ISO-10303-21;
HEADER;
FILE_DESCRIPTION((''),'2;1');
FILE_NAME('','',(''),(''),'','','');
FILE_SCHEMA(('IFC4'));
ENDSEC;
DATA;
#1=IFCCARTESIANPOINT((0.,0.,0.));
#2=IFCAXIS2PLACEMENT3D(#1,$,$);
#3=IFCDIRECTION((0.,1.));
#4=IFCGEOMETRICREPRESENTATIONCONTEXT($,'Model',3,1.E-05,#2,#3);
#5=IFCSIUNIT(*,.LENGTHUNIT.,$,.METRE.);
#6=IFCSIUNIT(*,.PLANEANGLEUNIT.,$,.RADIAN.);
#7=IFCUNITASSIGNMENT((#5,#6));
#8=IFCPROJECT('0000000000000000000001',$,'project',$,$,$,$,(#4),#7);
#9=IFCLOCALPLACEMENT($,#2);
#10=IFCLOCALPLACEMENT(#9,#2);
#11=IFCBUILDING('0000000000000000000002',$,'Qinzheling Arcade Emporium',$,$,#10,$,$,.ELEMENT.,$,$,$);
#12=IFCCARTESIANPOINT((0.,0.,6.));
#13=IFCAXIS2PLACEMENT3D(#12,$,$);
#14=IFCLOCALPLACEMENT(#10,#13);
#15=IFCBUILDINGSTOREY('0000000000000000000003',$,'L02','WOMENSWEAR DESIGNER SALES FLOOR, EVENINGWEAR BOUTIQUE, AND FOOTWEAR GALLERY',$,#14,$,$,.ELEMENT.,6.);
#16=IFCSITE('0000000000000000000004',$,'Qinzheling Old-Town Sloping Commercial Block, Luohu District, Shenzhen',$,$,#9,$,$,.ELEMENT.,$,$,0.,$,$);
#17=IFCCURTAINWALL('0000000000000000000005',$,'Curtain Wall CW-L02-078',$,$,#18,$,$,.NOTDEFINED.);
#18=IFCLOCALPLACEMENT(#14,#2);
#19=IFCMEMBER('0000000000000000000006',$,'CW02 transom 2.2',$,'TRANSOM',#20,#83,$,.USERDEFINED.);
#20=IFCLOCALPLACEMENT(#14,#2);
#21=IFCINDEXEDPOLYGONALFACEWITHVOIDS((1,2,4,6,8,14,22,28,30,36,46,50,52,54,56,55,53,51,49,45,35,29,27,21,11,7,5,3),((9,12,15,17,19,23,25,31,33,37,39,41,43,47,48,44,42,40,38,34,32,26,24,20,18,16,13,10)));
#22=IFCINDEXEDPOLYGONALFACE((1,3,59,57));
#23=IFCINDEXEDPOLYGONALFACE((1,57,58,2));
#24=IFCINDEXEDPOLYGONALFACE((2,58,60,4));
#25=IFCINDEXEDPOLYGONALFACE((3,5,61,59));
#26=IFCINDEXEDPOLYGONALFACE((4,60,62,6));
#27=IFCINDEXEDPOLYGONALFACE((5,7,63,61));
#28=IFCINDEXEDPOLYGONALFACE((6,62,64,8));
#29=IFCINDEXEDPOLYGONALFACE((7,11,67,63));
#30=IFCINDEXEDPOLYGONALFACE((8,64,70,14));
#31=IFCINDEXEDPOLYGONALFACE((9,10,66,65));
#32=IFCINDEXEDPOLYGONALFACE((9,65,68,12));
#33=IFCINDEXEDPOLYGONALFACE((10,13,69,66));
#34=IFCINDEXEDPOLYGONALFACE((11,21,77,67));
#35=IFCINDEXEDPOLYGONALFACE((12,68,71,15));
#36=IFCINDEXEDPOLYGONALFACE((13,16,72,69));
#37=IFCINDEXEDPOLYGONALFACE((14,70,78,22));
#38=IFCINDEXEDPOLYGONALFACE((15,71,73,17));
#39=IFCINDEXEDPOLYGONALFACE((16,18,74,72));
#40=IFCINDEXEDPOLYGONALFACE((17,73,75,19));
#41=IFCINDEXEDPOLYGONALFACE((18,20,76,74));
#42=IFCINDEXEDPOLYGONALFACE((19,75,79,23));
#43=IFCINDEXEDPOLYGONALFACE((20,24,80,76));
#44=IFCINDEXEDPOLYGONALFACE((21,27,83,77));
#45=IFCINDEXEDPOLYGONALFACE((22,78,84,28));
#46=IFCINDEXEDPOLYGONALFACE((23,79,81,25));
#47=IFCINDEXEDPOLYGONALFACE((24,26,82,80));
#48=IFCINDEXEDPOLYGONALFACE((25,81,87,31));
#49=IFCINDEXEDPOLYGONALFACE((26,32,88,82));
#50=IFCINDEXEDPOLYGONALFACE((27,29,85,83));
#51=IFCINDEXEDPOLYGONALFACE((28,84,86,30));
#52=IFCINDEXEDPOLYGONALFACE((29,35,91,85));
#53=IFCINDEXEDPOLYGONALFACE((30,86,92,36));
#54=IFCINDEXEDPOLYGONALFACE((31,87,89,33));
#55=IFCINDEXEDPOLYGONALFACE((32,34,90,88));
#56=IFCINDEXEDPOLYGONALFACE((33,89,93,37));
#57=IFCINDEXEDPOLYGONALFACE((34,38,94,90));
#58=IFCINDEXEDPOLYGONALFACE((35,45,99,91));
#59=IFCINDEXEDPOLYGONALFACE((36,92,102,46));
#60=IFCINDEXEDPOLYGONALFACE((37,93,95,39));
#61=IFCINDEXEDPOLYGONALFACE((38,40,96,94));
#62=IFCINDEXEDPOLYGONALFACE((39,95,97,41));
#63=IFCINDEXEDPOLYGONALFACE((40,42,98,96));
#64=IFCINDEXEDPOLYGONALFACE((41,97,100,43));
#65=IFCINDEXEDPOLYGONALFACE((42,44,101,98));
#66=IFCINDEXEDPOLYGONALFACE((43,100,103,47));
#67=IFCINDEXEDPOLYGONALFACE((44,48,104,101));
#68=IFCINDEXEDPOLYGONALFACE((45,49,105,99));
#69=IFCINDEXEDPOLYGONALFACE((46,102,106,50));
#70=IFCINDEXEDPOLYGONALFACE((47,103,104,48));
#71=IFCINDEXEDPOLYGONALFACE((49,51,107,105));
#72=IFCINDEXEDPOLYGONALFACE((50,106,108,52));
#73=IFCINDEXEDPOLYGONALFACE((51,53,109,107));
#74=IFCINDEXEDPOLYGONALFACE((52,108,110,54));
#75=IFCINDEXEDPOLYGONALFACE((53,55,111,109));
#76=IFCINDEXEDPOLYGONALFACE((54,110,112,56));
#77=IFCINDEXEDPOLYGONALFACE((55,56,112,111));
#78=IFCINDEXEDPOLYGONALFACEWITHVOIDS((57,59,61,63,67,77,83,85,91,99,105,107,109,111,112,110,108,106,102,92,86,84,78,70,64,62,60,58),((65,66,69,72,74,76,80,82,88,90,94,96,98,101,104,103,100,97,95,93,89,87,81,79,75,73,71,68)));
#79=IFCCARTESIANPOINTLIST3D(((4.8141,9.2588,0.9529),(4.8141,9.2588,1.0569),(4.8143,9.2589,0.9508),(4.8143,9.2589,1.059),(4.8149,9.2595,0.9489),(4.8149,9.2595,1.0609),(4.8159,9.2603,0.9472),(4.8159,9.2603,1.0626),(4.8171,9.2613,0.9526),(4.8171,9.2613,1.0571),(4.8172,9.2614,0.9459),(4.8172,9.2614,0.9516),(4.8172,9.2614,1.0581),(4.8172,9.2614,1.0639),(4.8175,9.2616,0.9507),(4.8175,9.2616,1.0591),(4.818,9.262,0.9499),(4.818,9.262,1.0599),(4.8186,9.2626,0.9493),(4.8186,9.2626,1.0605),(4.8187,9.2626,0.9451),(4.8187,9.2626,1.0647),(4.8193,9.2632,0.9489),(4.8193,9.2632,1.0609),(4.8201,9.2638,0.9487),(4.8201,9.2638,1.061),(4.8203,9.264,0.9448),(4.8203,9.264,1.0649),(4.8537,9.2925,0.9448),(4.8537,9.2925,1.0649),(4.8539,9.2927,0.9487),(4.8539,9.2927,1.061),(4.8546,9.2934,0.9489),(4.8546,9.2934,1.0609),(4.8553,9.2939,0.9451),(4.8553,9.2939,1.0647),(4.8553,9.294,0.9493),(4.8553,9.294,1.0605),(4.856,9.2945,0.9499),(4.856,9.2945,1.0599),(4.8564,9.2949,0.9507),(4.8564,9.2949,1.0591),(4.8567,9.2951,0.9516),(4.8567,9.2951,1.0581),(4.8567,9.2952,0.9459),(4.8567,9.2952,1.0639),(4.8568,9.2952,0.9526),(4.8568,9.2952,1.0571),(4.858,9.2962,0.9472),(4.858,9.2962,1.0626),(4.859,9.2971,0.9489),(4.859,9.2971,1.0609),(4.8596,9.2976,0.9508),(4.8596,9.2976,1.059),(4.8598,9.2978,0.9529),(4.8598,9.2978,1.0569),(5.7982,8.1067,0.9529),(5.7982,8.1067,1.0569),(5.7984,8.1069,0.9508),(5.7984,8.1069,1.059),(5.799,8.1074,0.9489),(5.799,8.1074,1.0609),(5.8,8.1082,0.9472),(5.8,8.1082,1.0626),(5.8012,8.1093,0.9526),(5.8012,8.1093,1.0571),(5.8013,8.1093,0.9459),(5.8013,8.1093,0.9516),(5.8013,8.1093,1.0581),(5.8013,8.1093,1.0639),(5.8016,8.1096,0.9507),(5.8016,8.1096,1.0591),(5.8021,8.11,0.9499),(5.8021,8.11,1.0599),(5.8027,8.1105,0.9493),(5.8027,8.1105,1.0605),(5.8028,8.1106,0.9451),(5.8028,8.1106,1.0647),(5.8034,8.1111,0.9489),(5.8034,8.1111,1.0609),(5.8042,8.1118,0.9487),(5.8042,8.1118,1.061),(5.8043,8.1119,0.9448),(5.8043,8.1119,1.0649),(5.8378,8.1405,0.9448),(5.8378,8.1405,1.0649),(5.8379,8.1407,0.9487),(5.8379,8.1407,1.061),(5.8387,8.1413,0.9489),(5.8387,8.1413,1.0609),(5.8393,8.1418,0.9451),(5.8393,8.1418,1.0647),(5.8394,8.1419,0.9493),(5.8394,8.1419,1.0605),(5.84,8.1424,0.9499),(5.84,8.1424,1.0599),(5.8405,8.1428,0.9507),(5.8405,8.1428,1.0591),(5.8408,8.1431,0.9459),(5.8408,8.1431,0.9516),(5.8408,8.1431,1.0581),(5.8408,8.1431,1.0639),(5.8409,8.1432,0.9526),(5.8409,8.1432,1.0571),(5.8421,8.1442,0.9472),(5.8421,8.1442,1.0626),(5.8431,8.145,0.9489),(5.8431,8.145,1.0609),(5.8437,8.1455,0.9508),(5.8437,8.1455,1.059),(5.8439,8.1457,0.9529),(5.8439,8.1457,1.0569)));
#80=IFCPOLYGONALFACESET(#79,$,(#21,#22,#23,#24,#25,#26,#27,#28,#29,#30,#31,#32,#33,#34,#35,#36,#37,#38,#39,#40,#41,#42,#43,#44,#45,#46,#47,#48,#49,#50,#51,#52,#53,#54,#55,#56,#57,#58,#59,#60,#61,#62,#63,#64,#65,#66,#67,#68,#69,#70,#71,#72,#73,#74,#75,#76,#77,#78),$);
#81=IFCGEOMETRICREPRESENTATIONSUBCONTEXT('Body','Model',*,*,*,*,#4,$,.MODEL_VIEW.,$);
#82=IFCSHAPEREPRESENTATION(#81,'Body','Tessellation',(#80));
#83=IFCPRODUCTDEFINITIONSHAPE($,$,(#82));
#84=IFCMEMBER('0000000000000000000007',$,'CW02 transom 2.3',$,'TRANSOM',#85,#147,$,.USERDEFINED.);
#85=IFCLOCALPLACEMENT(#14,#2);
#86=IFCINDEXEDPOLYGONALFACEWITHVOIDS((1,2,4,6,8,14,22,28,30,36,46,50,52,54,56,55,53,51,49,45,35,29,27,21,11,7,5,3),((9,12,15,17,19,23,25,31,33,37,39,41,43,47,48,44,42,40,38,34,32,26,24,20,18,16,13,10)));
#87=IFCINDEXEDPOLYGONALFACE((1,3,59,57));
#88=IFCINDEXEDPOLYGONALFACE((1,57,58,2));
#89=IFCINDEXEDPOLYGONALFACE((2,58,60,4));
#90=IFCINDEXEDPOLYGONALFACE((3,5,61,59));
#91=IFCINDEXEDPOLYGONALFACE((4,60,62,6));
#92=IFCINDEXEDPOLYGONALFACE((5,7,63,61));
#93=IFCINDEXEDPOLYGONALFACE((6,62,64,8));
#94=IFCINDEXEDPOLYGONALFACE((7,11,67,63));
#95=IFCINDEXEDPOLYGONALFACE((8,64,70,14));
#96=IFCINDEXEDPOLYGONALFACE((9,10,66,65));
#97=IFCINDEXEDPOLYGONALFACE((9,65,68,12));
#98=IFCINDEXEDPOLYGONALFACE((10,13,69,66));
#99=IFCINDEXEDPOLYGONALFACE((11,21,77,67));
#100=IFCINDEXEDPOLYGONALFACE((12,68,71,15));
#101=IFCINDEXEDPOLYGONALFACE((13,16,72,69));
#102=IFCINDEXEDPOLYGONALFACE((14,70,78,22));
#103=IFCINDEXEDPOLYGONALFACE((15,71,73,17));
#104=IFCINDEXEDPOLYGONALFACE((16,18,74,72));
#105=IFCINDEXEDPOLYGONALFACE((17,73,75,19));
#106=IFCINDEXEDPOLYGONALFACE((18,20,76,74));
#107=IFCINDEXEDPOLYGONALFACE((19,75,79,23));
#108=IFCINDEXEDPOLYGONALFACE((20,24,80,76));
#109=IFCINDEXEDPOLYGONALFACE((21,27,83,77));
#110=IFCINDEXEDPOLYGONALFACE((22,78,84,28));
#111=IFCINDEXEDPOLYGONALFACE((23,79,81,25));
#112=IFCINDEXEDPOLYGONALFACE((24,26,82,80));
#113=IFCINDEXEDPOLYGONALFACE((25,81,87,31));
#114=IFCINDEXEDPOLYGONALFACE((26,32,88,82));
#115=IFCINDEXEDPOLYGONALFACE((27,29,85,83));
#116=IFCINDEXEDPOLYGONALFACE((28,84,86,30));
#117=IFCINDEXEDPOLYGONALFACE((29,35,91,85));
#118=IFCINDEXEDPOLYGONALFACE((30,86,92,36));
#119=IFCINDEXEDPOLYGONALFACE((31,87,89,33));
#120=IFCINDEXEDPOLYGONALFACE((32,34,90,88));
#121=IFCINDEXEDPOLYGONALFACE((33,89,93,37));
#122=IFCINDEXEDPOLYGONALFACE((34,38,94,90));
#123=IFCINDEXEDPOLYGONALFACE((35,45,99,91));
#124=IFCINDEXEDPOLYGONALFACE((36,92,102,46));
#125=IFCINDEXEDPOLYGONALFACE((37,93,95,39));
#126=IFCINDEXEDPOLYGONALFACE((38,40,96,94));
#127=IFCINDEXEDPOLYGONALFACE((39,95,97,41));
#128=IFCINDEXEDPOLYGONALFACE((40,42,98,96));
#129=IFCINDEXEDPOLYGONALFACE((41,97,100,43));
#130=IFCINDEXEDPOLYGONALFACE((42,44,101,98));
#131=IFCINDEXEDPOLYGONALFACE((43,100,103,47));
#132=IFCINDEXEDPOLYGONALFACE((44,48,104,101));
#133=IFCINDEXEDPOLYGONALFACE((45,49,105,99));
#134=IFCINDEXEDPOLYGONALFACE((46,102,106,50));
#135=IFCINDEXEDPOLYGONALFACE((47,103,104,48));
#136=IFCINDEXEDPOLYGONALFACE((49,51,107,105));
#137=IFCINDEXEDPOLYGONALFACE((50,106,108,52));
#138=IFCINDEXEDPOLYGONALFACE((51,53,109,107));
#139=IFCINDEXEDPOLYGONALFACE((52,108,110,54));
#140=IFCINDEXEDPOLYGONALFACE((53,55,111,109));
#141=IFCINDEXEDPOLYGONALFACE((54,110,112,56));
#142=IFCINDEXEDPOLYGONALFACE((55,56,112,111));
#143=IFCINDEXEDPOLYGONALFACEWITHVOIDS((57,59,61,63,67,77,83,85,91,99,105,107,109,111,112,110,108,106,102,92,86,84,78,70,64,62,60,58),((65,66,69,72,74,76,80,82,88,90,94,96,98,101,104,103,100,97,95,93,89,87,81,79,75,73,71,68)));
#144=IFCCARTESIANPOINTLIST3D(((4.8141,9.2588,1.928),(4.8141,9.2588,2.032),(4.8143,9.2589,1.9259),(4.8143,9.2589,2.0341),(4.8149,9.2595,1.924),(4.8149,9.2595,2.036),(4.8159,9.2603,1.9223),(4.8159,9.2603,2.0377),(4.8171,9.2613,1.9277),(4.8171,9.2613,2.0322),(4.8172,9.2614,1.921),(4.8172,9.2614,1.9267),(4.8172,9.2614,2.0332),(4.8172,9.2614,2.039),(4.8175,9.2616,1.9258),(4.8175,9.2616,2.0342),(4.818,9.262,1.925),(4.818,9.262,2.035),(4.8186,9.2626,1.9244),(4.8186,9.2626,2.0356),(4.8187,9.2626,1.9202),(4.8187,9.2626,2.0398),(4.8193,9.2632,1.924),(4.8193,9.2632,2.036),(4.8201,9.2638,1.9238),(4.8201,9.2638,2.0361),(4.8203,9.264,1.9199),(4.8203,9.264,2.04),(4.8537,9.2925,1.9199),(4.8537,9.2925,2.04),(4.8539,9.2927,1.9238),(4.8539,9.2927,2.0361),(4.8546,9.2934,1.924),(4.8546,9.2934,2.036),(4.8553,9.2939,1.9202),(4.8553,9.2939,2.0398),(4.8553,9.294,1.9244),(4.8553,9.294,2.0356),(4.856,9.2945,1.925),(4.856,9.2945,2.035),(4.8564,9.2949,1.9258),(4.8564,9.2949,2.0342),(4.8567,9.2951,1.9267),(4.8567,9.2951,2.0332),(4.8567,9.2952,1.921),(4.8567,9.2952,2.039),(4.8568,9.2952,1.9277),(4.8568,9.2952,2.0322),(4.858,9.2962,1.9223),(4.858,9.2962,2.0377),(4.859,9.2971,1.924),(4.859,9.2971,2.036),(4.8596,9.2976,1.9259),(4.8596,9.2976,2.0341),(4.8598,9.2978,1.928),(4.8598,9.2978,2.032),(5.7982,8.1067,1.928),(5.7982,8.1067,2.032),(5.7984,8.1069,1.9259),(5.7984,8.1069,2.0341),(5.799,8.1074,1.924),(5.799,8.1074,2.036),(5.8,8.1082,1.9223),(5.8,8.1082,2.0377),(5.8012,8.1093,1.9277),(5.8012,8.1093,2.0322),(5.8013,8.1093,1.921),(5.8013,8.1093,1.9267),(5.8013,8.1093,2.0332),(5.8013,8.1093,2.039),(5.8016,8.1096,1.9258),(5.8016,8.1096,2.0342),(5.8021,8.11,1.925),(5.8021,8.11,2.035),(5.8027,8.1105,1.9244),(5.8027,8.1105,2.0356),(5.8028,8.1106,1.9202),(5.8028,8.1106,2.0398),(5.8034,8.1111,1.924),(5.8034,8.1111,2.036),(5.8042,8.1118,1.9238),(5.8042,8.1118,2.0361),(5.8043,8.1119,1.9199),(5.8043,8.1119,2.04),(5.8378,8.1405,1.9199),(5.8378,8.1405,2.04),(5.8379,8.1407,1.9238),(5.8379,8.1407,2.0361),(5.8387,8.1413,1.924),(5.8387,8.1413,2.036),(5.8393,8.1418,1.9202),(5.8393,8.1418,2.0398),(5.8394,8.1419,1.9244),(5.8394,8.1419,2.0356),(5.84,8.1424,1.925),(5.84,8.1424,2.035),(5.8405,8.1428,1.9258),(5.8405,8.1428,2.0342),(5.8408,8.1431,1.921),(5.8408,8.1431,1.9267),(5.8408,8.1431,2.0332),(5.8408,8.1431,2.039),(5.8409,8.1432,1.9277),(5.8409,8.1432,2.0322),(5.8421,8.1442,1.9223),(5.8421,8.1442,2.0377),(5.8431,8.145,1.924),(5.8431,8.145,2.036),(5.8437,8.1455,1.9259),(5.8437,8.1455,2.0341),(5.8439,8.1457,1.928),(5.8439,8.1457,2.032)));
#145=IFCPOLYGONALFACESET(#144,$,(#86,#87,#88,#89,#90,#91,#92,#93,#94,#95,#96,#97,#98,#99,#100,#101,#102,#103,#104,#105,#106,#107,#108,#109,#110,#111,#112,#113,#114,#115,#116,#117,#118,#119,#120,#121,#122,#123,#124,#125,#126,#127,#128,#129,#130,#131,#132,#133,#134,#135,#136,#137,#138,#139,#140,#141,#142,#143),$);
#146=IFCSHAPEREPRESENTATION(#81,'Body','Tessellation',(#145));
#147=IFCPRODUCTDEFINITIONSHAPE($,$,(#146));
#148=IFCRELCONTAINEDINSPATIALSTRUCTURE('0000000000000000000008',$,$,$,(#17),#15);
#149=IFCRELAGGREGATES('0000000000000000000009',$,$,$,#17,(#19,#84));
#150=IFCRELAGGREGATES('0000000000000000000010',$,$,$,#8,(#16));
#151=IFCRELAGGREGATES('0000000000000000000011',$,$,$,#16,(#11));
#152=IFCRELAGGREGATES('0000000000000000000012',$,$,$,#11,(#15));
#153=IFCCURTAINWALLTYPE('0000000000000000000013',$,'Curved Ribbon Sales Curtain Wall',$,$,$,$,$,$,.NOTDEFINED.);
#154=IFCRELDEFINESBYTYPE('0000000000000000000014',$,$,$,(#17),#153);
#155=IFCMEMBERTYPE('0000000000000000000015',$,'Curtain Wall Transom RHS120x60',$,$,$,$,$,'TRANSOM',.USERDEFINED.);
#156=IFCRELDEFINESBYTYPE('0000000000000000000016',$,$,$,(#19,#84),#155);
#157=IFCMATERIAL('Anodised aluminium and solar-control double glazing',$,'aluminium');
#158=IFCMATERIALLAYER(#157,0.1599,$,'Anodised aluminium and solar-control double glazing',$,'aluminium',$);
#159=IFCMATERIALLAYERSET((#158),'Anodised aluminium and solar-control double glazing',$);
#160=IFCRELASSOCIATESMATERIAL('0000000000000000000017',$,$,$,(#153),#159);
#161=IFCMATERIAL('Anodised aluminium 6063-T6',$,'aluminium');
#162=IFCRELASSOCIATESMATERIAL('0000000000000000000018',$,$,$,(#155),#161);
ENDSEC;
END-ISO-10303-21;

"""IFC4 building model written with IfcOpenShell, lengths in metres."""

from ifc_helpers import new_model, si_unit, direction, frame, origin, origin_2d, place, context, subcontext, project, spatial, hollow_rectangle, extrude, material, layer, layer_set, material_profile, profile_set, type_object, element, aggregate, save


model = new_model("IFC4")

# Units and contexts
model_context = context("Model", 3, precision=1e-05, world=origin(), true_north=direction((0.0, 1.0)))
body_context = subcontext(model_context, "Body", "Model", "MODEL_VIEW")
ifc_project = project(units=[si_unit("LENGTHUNIT", "METRE"), si_unit("PLANEANGLEUNIT", "RADIAN")], contexts=[model_context])

# Site, building, storey
site_placement = place(None, origin())
site = spatial("IfcSite", under=ifc_project, at=site_placement, Name="Qinzheling Old-Town Sloping Commercial Block, Luohu District, Shenzhen", CompositionType="ELEMENT", RefElevation=0.0)
building_placement = place(site_placement, origin())
building = spatial("IfcBuilding", under=site, at=building_placement, Name="Qinzheling Arcade Emporium", CompositionType="ELEMENT")
storey_placement = place(building_placement, frame((0.0, 0.0, 6.0)))
storey = spatial("IfcBuildingStorey", under=building, at=storey_placement, Name="L02", Description="WOMENSWEAR DESIGNER SALES FLOOR, EVENINGWEAR BOUTIQUE, AND FOOTWEAR GALLERY", CompositionType="ELEMENT", Elevation=6.0)

# Curtain wall
ifc_material_1 = material(Name="Anodised aluminium and solar-control double glazing", Category="aluminium")
ifc_layer_1 = layer(ifc_material_1, 0.1599, Name="Anodised aluminium and solar-control double glazing", Category="aluminium")
ifc_layer_set_1 = layer_set([ifc_layer_1], Name="Anodised aluminium and solar-control double glazing")
curtain_wall_type = type_object("IfcCurtainWallType", Name="Curved Ribbon Sales Curtain Wall", PredefinedType="NOTDEFINED", material=ifc_layer_set_1)
curtain_wall_1_placement = place(storey_placement, origin())
curtain_wall_1 = element("IfcCurtainWall", 1, at=curtain_wall_1_placement, inside=storey, type_object=curtain_wall_type, Name="Curtain Wall CW-L02-078", PredefinedType="NOTDEFINED")
ifc_material_2 = material(Name="Anodised aluminium 6063-T6", Category="aluminium")

# Members
ifc_material_profile_1 = material_profile(ifc_material_2, hollow_rectangle(XDim=0.0601, YDim=0.1201, WallThickness=0.0039, InnerFilletRadius=0.0039, OuterFilletRadius=0.0081, at=origin_2d()), Name="RHS 120x60x4", Category="aluminium")
ifc_profile_set_1 = profile_set([ifc_material_profile_1], Name="Anodised aluminium 6063-T6")
member_type_1 = type_object("IfcMemberType", Name="Curtain Wall Transom RHS120x60", ElementType="TRANSOM", PredefinedType="USERDEFINED", material=ifc_profile_set_1)
member_1_placement = place(storey_placement, frame((5.821, 8.1262, 1.0049), z_axis=(-0.649503, 0.760359, 0.0), x_axis=(-0.760359, -0.649503, 0.0)))
member_1 = element("IfcMember", 2, at=member_1_placement, type_object=member_type_1, Name="CW02 transom 2.2", ObjectType="TRANSOM", PredefinedType="USERDEFINED", context=body_context, shape_type="SweptSolid", body=[
    extrude(hollow_rectangle(XDim=0.0601, YDim=0.1201, WallThickness=0.0039, InnerFilletRadius=0.0039, OuterFilletRadius=0.0081, at=origin_2d()), origin(), (0.0, 0.0, 1.0), 1.5151),
])
member_2_placement = place(storey_placement, frame((5.821, 8.1262, 1.98), z_axis=(-0.649503, 0.760359, 0.0), x_axis=(-0.760359, -0.649503, 0.0)))
member_2 = element("IfcMember", 3, at=member_2_placement, type_object=member_type_1, Name="CW02 transom 2.3", ObjectType="TRANSOM", PredefinedType="USERDEFINED", context=body_context, shape_type="SweptSolid", body=[
    extrude(hollow_rectangle(XDim=0.0601, YDim=0.1201, WallThickness=0.0039, InnerFilletRadius=0.0039, OuterFilletRadius=0.0081, at=origin_2d()), origin(), (0.0, 0.0, 1.0), 1.5151),
])

aggregate(curtain_wall_1, [member_1, member_2])

save(model, "model.ifc")
